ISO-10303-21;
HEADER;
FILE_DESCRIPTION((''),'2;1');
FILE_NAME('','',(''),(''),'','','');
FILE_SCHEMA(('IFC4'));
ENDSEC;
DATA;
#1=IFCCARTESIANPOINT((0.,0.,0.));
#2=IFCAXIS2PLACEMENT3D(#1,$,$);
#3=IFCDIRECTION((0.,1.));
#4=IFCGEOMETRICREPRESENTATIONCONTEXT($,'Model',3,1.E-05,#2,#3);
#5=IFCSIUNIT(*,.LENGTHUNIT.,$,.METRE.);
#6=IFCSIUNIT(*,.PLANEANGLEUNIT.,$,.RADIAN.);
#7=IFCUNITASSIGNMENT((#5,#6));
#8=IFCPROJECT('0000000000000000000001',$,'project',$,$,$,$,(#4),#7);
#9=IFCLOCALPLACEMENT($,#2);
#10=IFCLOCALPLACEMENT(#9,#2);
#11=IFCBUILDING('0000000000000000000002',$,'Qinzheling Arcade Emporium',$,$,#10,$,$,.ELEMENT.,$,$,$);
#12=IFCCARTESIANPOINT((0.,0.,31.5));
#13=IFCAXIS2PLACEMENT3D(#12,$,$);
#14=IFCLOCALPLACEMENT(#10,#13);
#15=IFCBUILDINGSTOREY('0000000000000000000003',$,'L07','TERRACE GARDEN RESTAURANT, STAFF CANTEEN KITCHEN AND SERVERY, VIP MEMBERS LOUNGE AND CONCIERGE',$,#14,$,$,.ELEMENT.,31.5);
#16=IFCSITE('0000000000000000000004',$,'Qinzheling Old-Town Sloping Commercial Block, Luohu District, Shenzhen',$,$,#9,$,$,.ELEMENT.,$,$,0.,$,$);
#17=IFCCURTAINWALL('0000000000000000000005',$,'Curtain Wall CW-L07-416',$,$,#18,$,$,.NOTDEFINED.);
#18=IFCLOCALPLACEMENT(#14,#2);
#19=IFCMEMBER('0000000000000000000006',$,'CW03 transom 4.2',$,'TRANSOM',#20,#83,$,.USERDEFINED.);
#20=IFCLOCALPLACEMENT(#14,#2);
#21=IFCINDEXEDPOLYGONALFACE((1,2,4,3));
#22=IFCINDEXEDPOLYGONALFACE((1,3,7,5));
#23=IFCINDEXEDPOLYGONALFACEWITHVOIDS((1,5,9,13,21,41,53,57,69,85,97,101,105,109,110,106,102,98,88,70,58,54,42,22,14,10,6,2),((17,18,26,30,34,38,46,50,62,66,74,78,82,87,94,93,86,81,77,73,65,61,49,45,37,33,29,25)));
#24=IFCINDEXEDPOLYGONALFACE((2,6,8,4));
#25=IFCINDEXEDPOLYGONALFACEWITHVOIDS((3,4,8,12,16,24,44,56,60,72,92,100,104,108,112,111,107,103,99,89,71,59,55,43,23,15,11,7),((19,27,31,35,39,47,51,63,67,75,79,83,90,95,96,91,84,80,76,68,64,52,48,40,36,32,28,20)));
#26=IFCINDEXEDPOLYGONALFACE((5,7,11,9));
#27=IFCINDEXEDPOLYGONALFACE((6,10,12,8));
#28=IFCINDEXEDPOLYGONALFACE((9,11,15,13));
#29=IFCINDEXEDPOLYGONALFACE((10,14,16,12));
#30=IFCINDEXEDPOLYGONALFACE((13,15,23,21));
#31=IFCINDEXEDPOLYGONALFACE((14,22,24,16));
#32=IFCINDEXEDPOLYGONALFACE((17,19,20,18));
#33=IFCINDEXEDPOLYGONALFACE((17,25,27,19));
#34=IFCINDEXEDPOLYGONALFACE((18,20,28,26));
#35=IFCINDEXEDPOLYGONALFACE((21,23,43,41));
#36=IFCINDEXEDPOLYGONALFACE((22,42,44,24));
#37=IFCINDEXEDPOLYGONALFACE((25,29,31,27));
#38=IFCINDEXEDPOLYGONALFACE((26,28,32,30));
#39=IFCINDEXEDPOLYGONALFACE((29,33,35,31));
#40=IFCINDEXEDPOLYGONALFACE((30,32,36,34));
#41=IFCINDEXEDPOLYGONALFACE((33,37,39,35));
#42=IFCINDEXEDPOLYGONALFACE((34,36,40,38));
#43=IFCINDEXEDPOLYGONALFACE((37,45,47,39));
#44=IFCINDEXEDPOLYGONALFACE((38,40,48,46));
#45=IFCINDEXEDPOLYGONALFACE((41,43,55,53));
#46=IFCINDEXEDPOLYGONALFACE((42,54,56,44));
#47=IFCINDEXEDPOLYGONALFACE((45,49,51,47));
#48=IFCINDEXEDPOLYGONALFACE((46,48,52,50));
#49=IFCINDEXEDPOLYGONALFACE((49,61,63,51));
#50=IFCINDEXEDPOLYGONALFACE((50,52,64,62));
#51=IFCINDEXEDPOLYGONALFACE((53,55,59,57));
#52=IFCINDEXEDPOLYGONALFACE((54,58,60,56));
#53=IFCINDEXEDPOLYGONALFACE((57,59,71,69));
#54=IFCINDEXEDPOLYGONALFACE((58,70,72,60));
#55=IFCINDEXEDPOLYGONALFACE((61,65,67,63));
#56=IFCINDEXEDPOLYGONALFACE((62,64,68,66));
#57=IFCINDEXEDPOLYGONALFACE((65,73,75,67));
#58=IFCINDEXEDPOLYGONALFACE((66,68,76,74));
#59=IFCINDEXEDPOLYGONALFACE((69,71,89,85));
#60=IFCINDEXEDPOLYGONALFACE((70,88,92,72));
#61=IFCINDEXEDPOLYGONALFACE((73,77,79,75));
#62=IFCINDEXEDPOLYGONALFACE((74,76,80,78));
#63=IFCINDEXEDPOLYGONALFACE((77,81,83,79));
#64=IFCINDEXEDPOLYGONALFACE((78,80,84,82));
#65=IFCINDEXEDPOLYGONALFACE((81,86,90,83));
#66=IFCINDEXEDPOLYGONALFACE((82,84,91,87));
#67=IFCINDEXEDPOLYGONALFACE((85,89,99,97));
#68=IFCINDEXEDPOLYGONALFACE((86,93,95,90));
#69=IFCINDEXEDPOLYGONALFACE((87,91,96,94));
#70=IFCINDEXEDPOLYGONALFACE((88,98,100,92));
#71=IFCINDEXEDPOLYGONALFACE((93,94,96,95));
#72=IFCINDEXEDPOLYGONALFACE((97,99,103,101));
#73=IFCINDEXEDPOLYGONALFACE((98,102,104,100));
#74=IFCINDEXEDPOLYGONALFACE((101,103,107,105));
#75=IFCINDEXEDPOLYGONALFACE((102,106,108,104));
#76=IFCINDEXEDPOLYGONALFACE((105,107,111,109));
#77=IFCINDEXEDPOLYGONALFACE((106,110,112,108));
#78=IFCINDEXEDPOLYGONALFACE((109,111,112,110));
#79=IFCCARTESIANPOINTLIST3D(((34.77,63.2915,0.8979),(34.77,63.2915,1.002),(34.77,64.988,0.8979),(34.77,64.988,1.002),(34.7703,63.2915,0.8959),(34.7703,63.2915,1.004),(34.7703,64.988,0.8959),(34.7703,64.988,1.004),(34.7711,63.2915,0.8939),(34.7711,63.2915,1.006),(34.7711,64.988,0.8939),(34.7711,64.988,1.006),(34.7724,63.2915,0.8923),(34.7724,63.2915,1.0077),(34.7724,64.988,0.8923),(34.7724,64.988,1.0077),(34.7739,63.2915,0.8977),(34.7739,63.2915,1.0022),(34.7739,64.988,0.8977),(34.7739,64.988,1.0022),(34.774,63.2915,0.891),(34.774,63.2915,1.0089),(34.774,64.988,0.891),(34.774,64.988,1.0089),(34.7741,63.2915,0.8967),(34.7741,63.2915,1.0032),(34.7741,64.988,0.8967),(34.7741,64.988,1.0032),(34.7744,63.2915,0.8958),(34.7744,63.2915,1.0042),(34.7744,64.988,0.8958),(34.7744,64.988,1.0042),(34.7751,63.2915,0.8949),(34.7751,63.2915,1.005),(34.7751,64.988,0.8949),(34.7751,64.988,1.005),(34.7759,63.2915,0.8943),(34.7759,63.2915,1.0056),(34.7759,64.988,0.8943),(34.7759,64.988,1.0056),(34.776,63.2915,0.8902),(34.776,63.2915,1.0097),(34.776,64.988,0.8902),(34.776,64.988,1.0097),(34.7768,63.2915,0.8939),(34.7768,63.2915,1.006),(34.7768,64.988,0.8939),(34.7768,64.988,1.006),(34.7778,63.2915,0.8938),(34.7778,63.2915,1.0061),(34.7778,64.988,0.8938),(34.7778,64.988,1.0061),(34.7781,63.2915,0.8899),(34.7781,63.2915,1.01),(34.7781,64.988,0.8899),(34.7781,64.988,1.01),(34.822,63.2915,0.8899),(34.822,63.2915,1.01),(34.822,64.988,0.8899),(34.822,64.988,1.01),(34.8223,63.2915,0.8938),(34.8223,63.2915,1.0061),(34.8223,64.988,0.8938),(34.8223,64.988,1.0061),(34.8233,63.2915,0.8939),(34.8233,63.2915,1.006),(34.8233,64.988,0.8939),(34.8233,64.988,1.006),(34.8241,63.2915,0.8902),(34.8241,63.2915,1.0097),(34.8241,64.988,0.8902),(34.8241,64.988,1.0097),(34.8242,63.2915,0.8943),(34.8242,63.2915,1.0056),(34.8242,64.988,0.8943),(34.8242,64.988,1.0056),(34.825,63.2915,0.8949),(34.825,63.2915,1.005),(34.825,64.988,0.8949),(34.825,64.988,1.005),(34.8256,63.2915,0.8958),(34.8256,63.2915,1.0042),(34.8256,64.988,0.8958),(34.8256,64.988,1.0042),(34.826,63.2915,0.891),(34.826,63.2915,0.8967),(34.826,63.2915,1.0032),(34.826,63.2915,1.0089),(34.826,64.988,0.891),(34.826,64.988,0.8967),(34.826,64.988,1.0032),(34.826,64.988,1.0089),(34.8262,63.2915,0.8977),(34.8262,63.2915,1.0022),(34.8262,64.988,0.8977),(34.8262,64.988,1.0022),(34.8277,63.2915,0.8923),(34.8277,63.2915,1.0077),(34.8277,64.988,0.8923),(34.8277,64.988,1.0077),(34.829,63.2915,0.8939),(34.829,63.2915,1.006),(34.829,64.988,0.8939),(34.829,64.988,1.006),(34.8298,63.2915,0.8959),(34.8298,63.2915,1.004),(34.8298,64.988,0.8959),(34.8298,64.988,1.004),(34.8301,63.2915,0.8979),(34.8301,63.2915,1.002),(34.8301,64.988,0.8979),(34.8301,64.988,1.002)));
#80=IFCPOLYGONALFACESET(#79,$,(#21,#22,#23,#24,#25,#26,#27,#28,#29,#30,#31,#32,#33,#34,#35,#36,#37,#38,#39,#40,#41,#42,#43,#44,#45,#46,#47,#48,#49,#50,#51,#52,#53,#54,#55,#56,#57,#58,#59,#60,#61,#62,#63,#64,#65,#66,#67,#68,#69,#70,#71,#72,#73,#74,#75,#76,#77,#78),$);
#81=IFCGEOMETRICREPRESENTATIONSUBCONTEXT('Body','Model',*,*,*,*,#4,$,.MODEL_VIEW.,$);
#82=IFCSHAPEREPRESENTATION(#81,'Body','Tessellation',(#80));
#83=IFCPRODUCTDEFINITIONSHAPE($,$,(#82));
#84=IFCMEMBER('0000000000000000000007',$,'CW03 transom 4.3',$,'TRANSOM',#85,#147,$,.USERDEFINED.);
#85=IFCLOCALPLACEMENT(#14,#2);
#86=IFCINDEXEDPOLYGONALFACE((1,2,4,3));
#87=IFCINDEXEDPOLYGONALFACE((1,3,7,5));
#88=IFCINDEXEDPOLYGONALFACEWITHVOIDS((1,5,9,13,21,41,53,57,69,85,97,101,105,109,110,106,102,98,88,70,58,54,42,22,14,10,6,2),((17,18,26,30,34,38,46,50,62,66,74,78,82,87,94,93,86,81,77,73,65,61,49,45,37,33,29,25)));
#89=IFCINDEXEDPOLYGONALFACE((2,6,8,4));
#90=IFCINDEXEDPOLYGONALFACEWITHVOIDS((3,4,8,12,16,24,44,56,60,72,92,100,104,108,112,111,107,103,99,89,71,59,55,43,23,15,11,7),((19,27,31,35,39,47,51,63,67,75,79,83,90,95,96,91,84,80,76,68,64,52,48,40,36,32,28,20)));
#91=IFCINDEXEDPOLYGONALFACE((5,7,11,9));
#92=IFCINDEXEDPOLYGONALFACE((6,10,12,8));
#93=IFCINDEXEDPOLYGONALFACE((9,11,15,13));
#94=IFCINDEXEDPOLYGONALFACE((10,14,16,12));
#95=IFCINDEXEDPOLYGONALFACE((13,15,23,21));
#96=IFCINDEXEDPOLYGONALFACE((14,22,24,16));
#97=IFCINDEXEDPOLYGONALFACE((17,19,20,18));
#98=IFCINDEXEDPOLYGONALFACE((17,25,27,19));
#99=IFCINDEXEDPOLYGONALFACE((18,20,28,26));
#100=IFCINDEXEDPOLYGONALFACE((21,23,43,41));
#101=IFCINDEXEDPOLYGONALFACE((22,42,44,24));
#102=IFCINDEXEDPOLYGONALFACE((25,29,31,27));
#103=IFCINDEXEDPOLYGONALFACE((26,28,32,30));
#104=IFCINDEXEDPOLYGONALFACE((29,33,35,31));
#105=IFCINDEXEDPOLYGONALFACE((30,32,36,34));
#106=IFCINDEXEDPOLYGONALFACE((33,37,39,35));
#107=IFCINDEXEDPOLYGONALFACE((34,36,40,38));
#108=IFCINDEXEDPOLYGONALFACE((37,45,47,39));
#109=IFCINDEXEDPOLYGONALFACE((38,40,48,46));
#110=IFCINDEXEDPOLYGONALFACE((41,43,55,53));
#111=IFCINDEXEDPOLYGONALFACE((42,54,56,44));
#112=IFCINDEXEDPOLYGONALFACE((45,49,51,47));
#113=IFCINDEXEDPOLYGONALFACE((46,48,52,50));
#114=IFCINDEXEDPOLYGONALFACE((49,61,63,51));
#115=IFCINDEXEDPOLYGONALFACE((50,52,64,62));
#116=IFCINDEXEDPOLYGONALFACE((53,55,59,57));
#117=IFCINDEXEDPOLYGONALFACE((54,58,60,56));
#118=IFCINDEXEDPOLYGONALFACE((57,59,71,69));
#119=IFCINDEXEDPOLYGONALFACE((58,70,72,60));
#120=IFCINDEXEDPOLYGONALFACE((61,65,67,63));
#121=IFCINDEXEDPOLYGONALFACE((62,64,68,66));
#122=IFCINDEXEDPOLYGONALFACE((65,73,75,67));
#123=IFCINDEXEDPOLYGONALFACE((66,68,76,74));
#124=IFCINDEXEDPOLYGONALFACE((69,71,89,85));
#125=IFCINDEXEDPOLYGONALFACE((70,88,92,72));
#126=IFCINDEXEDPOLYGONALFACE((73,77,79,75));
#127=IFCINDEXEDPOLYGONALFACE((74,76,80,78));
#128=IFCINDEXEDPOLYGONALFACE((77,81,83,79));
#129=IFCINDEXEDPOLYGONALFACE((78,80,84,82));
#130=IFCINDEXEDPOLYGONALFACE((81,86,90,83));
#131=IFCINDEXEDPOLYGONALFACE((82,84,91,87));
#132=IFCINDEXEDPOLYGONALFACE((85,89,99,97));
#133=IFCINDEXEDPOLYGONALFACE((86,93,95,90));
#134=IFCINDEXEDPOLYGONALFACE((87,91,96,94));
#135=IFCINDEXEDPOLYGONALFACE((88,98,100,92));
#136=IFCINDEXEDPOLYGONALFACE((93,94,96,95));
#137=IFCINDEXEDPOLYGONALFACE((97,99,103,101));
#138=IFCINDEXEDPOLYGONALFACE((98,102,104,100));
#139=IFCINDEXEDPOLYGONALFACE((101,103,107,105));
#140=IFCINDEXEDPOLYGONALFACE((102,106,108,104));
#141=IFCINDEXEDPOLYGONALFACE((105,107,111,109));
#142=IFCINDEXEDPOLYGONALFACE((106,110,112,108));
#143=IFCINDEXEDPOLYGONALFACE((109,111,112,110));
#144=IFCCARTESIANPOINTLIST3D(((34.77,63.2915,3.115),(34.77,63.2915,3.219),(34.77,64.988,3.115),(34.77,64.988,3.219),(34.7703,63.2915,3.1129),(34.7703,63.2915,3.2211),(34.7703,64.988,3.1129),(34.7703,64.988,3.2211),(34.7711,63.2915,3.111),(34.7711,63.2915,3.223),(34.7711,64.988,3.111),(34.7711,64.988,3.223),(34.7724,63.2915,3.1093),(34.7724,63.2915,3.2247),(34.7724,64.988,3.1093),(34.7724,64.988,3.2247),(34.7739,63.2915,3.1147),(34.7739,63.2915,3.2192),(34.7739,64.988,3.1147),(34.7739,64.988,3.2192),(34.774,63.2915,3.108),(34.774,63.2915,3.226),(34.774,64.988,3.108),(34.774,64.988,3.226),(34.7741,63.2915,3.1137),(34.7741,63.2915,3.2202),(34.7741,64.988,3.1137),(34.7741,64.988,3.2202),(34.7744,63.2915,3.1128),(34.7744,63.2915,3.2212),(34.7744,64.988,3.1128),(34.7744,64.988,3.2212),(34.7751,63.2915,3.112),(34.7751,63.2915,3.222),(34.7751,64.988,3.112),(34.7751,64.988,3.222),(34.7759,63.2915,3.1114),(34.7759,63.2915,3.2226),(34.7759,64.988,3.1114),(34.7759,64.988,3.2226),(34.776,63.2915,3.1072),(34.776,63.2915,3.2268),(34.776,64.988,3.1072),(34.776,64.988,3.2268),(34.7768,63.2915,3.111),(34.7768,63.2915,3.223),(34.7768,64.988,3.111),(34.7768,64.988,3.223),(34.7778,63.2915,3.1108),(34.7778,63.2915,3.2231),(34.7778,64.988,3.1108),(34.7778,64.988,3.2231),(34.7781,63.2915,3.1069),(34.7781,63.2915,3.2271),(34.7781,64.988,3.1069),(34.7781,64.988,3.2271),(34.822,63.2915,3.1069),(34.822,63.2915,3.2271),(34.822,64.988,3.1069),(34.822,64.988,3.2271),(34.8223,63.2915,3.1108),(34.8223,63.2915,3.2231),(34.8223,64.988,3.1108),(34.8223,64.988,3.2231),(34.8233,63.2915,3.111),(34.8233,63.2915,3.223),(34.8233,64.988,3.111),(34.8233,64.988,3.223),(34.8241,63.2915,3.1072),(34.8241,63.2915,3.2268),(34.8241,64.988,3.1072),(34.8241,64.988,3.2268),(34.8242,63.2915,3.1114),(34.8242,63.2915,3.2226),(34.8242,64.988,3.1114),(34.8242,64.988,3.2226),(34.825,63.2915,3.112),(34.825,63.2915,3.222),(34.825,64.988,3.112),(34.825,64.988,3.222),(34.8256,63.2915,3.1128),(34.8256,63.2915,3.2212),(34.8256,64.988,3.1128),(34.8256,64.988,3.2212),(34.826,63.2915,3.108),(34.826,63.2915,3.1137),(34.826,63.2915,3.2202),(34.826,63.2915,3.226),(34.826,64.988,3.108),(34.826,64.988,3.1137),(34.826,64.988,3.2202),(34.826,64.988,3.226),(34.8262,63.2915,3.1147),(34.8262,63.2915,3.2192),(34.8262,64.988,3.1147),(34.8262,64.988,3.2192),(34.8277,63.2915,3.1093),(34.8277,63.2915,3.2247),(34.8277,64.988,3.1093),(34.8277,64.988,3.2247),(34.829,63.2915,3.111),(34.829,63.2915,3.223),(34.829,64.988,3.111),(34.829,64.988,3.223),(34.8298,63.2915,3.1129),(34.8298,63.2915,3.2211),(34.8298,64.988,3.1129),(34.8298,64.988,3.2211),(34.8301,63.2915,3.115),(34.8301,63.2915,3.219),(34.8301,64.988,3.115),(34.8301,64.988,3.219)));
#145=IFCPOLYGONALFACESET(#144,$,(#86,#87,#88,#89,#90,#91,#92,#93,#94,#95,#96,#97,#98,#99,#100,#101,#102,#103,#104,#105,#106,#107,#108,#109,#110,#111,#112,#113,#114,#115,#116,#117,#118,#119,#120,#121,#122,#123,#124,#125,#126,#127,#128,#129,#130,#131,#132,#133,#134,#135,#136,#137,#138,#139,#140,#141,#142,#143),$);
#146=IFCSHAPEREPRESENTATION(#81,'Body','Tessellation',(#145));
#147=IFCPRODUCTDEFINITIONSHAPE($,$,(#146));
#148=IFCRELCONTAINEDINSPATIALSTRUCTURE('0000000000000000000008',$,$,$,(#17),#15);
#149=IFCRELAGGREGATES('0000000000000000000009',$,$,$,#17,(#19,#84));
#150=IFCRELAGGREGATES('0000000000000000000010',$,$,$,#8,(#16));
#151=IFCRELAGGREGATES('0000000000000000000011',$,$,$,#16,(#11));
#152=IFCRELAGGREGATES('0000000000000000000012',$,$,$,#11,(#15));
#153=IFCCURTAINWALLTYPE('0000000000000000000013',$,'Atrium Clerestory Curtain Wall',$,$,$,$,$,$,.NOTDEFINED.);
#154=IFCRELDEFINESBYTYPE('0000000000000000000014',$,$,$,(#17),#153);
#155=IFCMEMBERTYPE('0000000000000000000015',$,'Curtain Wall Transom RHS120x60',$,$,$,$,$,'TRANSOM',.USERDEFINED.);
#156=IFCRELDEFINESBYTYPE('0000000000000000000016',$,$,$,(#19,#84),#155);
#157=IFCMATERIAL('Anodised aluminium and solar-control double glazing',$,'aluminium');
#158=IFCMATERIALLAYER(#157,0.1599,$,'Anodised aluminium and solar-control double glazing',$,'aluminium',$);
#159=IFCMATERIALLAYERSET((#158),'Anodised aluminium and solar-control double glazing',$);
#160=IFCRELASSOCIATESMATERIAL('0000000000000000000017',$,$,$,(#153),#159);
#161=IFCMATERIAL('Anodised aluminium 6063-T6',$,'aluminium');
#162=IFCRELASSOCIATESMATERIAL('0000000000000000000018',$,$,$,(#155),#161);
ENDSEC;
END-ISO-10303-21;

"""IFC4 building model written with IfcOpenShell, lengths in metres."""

from ifc_helpers import new_model, si_unit, direction, frame, origin, origin_2d, place, context, subcontext, project, spatial, hollow_rectangle, extrude, material, layer, layer_set, material_profile, profile_set, type_object, element, aggregate, save


model = new_model("IFC4")

# Units and contexts
model_context = context("Model", 3, precision=1e-05, world=origin(), true_north=direction((0.0, 1.0)))
body_context = subcontext(model_context, "Body", "Model", "MODEL_VIEW")
ifc_project = project(units=[si_unit("LENGTHUNIT", "METRE"), si_unit("PLANEANGLEUNIT", "RADIAN")], contexts=[model_context])

# Site, building, storey
site_placement = place(None, origin())
site = spatial("IfcSite", under=ifc_project, at=site_placement, Name="Qinzheling Old-Town Sloping Commercial Block, Luohu District, Shenzhen", CompositionType="ELEMENT", RefElevation=0.0)
building_placement = place(site_placement, origin())
building = spatial("IfcBuilding", under=site, at=building_placement, Name="Qinzheling Arcade Emporium", CompositionType="ELEMENT")
storey_placement = place(building_placement, frame((0.0, 0.0, 31.5)))
storey = spatial("IfcBuildingStorey", under=building, at=storey_placement, Name="L07", Description="TERRACE GARDEN RESTAURANT, STAFF CANTEEN KITCHEN AND SERVERY, VIP MEMBERS LOUNGE AND CONCIERGE", CompositionType="ELEMENT", Elevation=31.5)

# Curtain wall, members
ifc_material_1 = material(Name="Anodised aluminium and solar-control double glazing", Category="aluminium")
ifc_layer_1 = layer(ifc_material_1, 0.1599, Name="Anodised aluminium and solar-control double glazing", Category="aluminium")
ifc_layer_set_1 = layer_set([ifc_layer_1], Name="Anodised aluminium and solar-control double glazing")
curtain_wall_type = type_object("IfcCurtainWallType", Name="Atrium Clerestory Curtain Wall", PredefinedType="NOTDEFINED", material=ifc_layer_set_1)
curtain_wall_placement = place(storey_placement, origin())
curtain_wall = element("IfcCurtainWall", 1, at=curtain_wall_placement, inside=storey, type_object=curtain_wall_type, Name="Curtain Wall CW-L07-416", PredefinedType="NOTDEFINED")
ifc_material_2 = material(Name="Anodised aluminium 6063-T6", Category="aluminium")
ifc_material_profile_1 = material_profile(ifc_material_2, hollow_rectangle(XDim=0.0601, YDim=0.1201, WallThickness=0.0039, InnerFilletRadius=0.0039, OuterFilletRadius=0.0081, at=origin_2d()), Name="RHS 120x60x4", Category="aluminium")
ifc_profile_set_1 = profile_set([ifc_material_profile_1], Name="Anodised aluminium 6063-T6")
member_type_1 = type_object("IfcMemberType", Name="Curtain Wall Transom RHS120x60", ElementType="TRANSOM", PredefinedType="USERDEFINED", material=ifc_profile_set_1)
member_1_placement = place(storey_placement, frame((34.8, 63.2915, 0.95), z_axis=(0.0, 1.0, 0.0), x_axis=(-1.0, 0.0, 0.0)))
member_1 = element("IfcMember", 2, at=member_1_placement, type_object=member_type_1, Name="CW03 transom 4.2", ObjectType="TRANSOM", PredefinedType="USERDEFINED", context=body_context, shape_type="SweptSolid", body=[
    extrude(hollow_rectangle(XDim=0.0601, YDim=0.1201, WallThickness=0.0039, InnerFilletRadius=0.0039, OuterFilletRadius=0.0081, at=origin_2d()), origin(), (0.0, 0.0, 1.0), 1.6965),
])
member_2_placement = place(storey_placement, frame((34.8, 63.2915, 3.167), z_axis=(0.0, 1.0, 0.0), x_axis=(-1.0, 0.0, 0.0)))
member_2 = element("IfcMember", 3, at=member_2_placement, type_object=member_type_1, Name="CW03 transom 4.3", ObjectType="TRANSOM", PredefinedType="USERDEFINED", context=body_context, shape_type="SweptSolid", body=[
    extrude(hollow_rectangle(XDim=0.0601, YDim=0.1201, WallThickness=0.0039, InnerFilletRadius=0.0039, OuterFilletRadius=0.0081, at=origin_2d()), origin(), (0.0, 0.0, 1.0), 1.6965),
])

aggregate(curtain_wall, [member_1, member_2])

save(model, "model.ifc")
